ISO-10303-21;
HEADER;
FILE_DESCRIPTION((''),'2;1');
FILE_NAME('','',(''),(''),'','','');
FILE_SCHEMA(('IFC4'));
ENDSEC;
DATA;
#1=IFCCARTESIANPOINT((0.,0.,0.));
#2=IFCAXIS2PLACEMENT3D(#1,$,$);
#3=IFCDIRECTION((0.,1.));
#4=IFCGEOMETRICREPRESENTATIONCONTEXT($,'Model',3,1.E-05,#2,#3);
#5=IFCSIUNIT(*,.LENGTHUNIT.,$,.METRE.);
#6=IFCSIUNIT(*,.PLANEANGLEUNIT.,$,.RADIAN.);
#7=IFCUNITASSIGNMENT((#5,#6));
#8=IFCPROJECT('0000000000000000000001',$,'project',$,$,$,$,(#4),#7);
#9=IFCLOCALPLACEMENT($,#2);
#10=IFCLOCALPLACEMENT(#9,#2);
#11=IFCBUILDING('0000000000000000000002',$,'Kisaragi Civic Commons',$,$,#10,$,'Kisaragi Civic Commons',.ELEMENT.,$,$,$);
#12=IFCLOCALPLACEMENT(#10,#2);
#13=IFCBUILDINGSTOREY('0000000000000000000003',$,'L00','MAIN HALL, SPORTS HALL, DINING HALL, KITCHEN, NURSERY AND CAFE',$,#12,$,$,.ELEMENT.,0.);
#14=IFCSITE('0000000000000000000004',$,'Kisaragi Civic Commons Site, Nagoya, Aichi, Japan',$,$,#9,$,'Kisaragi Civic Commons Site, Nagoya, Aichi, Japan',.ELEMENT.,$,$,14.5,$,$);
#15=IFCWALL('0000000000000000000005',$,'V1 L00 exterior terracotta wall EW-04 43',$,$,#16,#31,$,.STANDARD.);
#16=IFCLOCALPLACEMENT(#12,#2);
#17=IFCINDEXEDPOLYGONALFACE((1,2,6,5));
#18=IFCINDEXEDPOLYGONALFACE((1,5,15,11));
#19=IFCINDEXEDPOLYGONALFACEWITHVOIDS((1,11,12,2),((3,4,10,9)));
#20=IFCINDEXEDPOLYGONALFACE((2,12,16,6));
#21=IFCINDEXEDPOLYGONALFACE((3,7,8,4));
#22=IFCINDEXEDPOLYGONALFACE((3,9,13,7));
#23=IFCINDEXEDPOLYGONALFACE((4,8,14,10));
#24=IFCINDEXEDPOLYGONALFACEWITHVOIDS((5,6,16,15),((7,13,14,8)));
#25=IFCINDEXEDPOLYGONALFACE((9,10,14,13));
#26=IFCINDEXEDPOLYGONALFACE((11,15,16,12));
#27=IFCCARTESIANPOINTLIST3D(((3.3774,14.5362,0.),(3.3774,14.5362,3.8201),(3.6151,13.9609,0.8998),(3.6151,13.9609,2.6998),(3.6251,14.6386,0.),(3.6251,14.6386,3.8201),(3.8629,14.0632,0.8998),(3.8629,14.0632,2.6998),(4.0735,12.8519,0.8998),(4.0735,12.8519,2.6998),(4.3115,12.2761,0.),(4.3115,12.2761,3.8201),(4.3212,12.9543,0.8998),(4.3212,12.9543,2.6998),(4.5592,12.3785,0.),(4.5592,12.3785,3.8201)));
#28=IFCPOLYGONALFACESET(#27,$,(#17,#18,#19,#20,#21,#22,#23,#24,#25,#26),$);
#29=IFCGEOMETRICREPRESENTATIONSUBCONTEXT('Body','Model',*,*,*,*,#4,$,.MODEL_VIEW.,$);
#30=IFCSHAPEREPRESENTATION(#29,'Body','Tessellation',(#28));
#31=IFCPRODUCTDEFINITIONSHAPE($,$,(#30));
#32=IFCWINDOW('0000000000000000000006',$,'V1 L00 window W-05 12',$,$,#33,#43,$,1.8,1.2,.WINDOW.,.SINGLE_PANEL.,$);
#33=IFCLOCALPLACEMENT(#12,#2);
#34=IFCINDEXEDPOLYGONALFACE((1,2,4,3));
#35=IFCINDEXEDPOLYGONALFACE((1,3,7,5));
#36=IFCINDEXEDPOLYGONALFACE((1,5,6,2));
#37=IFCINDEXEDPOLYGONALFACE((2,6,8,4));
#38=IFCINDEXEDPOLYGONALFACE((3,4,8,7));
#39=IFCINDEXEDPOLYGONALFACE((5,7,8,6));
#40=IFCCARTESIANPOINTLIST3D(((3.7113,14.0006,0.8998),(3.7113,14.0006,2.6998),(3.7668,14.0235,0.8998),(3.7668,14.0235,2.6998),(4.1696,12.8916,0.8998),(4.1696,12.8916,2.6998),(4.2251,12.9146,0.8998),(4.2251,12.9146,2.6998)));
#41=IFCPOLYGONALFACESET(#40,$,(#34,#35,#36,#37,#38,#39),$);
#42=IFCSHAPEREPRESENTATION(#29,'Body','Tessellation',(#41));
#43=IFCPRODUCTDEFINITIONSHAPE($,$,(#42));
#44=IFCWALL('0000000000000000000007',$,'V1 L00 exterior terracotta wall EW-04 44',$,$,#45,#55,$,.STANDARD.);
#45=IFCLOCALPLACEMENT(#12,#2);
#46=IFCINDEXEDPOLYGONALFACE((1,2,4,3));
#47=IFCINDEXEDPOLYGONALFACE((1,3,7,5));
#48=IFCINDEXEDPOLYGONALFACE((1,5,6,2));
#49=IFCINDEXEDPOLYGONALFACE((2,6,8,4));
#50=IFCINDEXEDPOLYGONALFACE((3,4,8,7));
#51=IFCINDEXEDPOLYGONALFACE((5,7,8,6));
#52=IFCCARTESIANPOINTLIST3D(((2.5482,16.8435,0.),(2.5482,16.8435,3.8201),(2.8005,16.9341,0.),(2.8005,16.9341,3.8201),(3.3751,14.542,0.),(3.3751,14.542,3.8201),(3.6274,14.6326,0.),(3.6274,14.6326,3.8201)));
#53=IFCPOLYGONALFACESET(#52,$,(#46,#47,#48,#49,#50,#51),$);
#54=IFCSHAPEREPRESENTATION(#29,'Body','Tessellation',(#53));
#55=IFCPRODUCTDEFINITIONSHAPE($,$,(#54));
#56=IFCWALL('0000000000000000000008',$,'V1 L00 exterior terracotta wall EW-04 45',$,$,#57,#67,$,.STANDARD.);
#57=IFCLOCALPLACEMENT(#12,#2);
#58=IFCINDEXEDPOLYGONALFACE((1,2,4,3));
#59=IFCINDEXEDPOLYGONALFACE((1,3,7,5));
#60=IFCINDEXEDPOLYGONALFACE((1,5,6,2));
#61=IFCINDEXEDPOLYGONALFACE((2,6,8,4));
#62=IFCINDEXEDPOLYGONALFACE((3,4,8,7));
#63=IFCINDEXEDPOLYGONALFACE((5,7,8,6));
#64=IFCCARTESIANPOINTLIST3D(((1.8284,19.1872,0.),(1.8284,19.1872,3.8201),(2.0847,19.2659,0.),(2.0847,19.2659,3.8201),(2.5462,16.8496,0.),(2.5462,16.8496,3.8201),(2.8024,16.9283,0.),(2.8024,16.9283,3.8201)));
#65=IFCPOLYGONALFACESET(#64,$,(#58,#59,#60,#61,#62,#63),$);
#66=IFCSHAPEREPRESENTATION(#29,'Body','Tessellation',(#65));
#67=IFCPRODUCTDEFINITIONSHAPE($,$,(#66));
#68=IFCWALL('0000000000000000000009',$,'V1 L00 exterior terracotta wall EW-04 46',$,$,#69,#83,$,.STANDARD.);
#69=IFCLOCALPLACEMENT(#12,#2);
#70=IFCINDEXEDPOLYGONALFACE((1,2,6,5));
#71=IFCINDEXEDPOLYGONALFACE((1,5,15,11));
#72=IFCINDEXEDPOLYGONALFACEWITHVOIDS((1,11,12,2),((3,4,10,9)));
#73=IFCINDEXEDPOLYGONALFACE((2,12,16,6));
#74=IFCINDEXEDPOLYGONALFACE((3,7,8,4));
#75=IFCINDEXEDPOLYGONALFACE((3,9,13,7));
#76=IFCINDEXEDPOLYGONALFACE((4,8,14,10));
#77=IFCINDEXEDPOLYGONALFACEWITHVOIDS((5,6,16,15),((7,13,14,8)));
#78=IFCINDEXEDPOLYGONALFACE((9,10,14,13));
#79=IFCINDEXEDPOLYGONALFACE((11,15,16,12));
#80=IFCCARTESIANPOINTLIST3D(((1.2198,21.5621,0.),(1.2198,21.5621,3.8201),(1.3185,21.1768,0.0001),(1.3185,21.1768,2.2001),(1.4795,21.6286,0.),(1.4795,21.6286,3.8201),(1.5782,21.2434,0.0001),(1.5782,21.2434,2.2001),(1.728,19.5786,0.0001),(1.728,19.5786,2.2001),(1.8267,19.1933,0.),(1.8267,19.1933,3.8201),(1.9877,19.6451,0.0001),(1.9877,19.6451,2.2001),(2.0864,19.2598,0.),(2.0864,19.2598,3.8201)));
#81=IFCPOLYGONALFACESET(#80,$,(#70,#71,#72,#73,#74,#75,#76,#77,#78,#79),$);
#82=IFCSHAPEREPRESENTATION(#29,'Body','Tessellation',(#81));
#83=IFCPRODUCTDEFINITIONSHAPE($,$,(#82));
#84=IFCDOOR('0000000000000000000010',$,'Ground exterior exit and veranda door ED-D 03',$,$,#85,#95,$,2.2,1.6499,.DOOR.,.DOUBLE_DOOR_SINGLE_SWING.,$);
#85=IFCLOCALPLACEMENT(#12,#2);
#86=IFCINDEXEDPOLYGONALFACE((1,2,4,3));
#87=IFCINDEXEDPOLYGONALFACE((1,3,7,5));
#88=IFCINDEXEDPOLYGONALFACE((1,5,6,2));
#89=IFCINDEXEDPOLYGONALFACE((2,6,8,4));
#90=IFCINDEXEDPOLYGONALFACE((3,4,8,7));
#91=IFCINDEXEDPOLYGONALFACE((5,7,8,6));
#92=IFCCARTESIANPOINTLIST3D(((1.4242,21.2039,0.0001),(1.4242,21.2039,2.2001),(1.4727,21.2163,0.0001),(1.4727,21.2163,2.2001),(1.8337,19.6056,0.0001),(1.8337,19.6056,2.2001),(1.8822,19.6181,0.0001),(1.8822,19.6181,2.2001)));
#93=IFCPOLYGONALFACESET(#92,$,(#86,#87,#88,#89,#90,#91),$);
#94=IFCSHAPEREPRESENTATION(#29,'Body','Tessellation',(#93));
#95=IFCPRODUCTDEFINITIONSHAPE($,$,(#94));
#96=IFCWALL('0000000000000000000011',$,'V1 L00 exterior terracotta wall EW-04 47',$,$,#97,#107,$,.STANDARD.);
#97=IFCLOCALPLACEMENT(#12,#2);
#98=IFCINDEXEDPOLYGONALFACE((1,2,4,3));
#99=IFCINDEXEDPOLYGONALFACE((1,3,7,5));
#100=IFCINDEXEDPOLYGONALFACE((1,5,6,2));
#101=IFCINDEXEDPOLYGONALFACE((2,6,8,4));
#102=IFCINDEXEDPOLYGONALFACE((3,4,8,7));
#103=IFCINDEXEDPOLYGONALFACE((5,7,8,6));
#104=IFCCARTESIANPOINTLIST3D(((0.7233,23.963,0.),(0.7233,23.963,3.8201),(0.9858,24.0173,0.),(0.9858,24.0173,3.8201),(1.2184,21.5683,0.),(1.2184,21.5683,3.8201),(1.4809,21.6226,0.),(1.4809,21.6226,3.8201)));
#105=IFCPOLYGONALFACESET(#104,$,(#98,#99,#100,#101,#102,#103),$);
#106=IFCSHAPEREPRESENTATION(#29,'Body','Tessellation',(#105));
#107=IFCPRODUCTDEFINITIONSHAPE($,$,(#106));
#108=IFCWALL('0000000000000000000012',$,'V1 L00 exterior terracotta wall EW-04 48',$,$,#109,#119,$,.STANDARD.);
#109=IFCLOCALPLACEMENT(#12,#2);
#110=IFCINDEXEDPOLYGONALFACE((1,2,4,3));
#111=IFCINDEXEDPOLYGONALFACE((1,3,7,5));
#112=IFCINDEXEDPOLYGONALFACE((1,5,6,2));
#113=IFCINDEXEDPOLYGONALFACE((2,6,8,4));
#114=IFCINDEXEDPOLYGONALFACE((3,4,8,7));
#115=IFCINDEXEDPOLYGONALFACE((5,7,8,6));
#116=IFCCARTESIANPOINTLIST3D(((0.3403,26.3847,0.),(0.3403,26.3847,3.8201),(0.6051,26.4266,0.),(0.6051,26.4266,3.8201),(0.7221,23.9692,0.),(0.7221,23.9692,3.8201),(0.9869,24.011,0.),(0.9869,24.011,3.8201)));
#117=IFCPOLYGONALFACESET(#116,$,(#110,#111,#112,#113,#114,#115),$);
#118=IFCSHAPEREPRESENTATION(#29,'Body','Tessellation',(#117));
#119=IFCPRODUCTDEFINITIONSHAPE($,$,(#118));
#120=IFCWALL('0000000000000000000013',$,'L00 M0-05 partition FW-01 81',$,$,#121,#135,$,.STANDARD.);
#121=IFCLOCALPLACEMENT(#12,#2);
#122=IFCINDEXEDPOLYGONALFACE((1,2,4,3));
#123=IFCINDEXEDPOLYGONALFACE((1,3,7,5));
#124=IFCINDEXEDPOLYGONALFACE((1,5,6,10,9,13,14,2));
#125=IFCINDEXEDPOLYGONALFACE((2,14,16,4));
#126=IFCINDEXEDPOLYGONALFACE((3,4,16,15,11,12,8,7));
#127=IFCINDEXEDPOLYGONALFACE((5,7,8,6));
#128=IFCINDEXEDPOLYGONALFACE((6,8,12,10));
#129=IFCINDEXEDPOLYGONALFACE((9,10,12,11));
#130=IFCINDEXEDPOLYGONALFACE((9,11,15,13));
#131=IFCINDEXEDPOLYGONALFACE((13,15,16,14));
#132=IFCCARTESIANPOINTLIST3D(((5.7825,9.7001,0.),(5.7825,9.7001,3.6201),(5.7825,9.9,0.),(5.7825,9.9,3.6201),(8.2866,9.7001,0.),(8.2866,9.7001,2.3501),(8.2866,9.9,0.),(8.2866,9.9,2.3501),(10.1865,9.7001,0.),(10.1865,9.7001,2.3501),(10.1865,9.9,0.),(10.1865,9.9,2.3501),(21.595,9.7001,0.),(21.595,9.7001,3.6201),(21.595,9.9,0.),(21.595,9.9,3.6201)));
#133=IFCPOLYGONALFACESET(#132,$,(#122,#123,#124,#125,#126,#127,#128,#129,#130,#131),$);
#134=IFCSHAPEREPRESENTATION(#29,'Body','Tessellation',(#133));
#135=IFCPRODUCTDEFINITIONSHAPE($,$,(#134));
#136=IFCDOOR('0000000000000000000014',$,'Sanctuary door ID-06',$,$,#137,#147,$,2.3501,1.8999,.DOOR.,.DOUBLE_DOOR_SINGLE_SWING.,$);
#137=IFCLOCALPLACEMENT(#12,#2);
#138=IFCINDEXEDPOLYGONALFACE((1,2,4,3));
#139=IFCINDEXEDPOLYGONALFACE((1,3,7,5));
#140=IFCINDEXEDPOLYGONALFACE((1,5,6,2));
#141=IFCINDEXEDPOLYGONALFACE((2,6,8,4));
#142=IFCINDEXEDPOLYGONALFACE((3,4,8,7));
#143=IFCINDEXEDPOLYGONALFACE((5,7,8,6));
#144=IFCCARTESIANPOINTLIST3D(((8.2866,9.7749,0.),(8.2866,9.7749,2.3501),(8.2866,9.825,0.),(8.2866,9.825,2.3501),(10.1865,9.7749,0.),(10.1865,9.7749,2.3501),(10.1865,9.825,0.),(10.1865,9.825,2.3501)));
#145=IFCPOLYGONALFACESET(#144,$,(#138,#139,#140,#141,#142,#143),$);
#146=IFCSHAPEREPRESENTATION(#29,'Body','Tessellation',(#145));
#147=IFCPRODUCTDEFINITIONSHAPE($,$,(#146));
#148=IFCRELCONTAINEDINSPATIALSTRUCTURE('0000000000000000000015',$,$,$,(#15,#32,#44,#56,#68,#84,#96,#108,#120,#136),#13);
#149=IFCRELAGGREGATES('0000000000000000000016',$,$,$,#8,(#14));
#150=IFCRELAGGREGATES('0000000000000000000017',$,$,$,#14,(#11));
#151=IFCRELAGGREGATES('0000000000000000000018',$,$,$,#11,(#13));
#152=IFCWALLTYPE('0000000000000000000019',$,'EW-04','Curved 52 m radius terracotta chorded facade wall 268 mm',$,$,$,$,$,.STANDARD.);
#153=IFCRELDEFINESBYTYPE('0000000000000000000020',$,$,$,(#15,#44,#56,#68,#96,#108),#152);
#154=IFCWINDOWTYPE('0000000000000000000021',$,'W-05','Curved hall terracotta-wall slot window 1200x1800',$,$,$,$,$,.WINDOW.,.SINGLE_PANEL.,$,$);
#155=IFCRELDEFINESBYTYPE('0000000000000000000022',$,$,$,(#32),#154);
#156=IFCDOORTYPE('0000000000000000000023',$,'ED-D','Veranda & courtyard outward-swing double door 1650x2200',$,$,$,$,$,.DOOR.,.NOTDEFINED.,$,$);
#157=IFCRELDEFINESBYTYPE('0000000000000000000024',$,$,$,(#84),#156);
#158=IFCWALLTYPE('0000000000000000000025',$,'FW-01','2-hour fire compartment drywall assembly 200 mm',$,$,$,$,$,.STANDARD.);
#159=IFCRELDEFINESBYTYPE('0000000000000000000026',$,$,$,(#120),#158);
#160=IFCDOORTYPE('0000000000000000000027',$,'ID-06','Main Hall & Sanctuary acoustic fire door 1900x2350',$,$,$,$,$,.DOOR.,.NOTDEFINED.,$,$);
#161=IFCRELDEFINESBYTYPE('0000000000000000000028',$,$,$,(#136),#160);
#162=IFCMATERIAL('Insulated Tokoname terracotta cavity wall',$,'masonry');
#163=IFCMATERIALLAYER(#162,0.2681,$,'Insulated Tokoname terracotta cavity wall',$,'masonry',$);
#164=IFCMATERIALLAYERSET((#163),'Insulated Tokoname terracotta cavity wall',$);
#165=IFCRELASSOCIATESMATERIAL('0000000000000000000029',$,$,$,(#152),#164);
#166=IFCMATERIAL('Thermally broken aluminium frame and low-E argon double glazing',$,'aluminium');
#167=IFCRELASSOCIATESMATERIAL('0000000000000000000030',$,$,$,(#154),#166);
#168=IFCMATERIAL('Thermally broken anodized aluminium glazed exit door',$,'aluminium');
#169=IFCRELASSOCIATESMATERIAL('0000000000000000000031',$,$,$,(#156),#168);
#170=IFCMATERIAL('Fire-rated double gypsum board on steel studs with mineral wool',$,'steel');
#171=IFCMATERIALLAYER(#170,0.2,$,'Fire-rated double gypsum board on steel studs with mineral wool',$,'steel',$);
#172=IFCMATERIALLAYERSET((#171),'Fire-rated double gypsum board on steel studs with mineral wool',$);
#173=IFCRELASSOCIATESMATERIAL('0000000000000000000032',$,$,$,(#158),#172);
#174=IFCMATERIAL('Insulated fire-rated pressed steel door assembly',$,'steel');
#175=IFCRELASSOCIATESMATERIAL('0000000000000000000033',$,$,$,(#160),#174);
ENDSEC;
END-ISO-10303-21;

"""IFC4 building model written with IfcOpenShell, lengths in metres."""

from ifc_helpers import new_model, si_unit, direction, frame, frame_2d, origin, place, context, subcontext, project, spatial, rectangle, extrude, material, layer, layer_set, type_object, element, fill, save


model = new_model("IFC4")

# Units and contexts
model_context = context("Model", 3, precision=1e-05, world=origin(), true_north=direction((0.0, 1.0)))
body_context = subcontext(model_context, "Body", "Model", "MODEL_VIEW")
ifc_project = project(units=[si_unit("LENGTHUNIT", "METRE"), si_unit("PLANEANGLEUNIT", "RADIAN")], contexts=[model_context])

# Site, building, storey
site_placement = place(None, origin())
site = spatial("IfcSite", under=ifc_project, at=site_placement, Name="Kisaragi Civic Commons Site, Nagoya, Aichi, Japan", LongName="Kisaragi Civic Commons Site, Nagoya, Aichi, Japan", CompositionType="ELEMENT", RefElevation=14.5)
building_placement = place(site_placement, origin())
building = spatial("IfcBuilding", under=site, at=building_placement, Name="Kisaragi Civic Commons", LongName="Kisaragi Civic Commons", CompositionType="ELEMENT")
storey_placement = place(building_placement, origin())
storey = spatial("IfcBuildingStorey", under=building, at=storey_placement, Name="L00", Description="MAIN HALL, SPORTS HALL, DINING HALL, KITCHEN, NURSERY AND CAFE", CompositionType="ELEMENT", Elevation=0.0)

# Shared definitions
ifc_material_1 = material(Name="Insulated Tokoname terracotta cavity wall", Category="masonry")
ifc_layer_1 = layer(ifc_material_1, 0.2681, Name="Insulated Tokoname terracotta cavity wall", Category="masonry")
ifc_layer_set_1 = layer_set([ifc_layer_1], Name="Insulated Tokoname terracotta cavity wall")
wall_type_1 = type_object("IfcWallType", Name="EW-04", Description="Curved 52 m radius terracotta chorded facade wall 268 mm", PredefinedType="STANDARD", material=ifc_layer_set_1)

# Wall, opening, window
wall_1_placement = place(storey_placement, frame((4.4353, 12.3274, 0.0), z_axis=(0.0, 0.0, 1.0), x_axis=(-0.38197, 0.924175, 0.0)))
wall_1 = element("IfcWall", 1, at=wall_1_placement, inside=storey, type_object=wall_type_1, Name="V1 L00 exterior terracotta wall EW-04 43", PredefinedType="STANDARD", context=body_context, shape_type="SweptSolid", body=[
    extrude(rectangle(XDim=2.4456, YDim=0.2681, at=frame_2d((1.2227, 0.0))), origin(), (0.0, 0.0, 1.0), 3.8201),
])
opening_1_placement = place(wall_1_placement, frame((0.6228, 0.0, 0.8999)))
opening_1 = element("IfcOpeningElement", 2, at=opening_1_placement, cuts=wall_1, PredefinedType="OPENING", context=body_context, shape_type="SweptSolid", body=[
    extrude(rectangle(XDim=1.2, YDim=1.8, at=frame_2d((0.6001, 0.8999))), frame((0.0, 0.144, 0.0), z_axis=(0.0, -1.0, 0.0), x_axis=(1.0, 0.0, 0.0)), (0.0, 0.0, 1.0), 0.2881),
])
ifc_material_2 = material(Name="Thermally broken aluminium frame and low-E argon double glazing", Category="aluminium")
window_type = type_object("IfcWindowType", Name="W-05", Description="Curved hall terracotta-wall slot window 1200x1800", PartitioningType="SINGLE_PANEL", PredefinedType="WINDOW", material=ifc_material_2)
window_placement = place(opening_1_placement, origin())
window = element("IfcWindow", 3, at=window_placement, inside=storey, type_object=window_type, Name="V1 L00 window W-05 12", OverallHeight=1.8, OverallWidth=1.2, PartitioningType="SINGLE_PANEL", PredefinedType="WINDOW", context=body_context, shape_type="SweptSolid", body=[
    extrude(rectangle(XDim=1.2, YDim=1.8, at=frame_2d((0.6001, 0.8999))), frame((0.0, 0.03, 0.0), z_axis=(0.0, -1.0, 0.0), x_axis=(1.0, 0.0, 0.0)), (0.0, 0.0, 1.0), 0.0601),
])
fill(opening_1, window)

# Walls
wall_2_placement = place(storey_placement, frame((3.5012, 14.5874, 0.0), z_axis=(0.0, 0.0, 1.0), x_axis=(-0.338126, 0.941101, 0.0)))
element("IfcWall", 4, at=wall_2_placement, inside=storey, type_object=wall_type_1, Name="V1 L00 exterior terracotta wall EW-04 44", PredefinedType="STANDARD", context=body_context, shape_type="SweptSolid", body=[
    extrude(rectangle(XDim=2.4456, YDim=0.2681, at=frame_2d((1.2227, 0.0))), origin(), (0.0, 0.0, 1.0), 3.8201),
])
wall_3_placement = place(storey_placement, frame((2.6743, 16.8889, 0.0), z_axis=(0.0, 0.0, 1.0), x_axis=(-0.293525, 0.955952, 0.0)))
element("IfcWall", 5, at=wall_3_placement, inside=storey, type_object=wall_type_1, Name="V1 L00 exterior terracotta wall EW-04 45", PredefinedType="STANDARD", context=body_context, shape_type="SweptSolid", body=[
    extrude(rectangle(XDim=2.4453, YDim=0.2681, at=frame_2d((1.2227, 0.0))), origin(), (0.0, 0.0, 1.0), 3.8201),
])

# Wall, opening, door
wall_4_placement = place(storey_placement, frame((1.9565, 19.2266, 0.0), z_axis=(0.0, 0.0, 1.0), x_axis=(-0.248193, 0.968711, 0.0)))
wall_4 = element("IfcWall", 6, at=wall_4_placement, inside=storey, type_object=wall_type_1, Name="V1 L00 exterior terracotta wall EW-04 46", PredefinedType="STANDARD", context=body_context, shape_type="SweptSolid", body=[
    extrude(rectangle(XDim=2.4453, YDim=0.2681, at=frame_2d((1.2227, 0.0))), origin(), (0.0, 0.0, 1.0), 3.8201),
])
opening_2_placement = place(wall_4_placement, frame((0.3977, 0.0, 0.0)))
opening_2 = element("IfcOpeningElement", 7, at=opening_2_placement, cuts=wall_4, PredefinedType="OPENING", context=body_context, shape_type="SweptSolid", body=[
    extrude(rectangle(XDim=1.6499, YDim=2.2, at=frame_2d((0.825, 1.1001))), frame((0.0, 0.144, 0.0), z_axis=(0.0, -1.0, 0.0), x_axis=(1.0, 0.0, 0.0)), (0.0, 0.0, 1.0), 0.2881),
])
ifc_material_3 = material(Name="Thermally broken anodized aluminium glazed exit door", Category="aluminium")
door_type_1 = type_object("IfcDoorType", Name="ED-D", Description="Veranda & courtyard outward-swing double door 1650x2200", OperationType="NOTDEFINED", PredefinedType="DOOR", material=ifc_material_3)
door_1_placement = place(opening_2_placement, origin())
door_1 = element("IfcDoor", 8, at=door_1_placement, inside=storey, type_object=door_type_1, Name="Ground exterior exit and veranda door ED-D 03", OperationType="DOUBLE_DOOR_SINGLE_SWING", OverallHeight=2.2, OverallWidth=1.6499, PredefinedType="DOOR", context=body_context, shape_type="SweptSolid", body=[
    extrude(rectangle(XDim=1.6499, YDim=2.2, at=frame_2d((0.825, 1.1001))), frame((0.0, 0.0249, 0.0), z_axis=(0.0, -1.0, 0.0), x_axis=(1.0, 0.0, 0.0)), (0.0, 0.0, 1.0), 0.05),
])
fill(opening_2, door_1)

# Walls
wall_5_placement = place(storey_placement, frame((1.3496, 21.5955, 0.0), z_axis=(0.0, 0.0, 1.0), x_axis=(-0.202467, 0.979289, 0.0)))
element("IfcWall", 9, at=wall_5_placement, inside=storey, type_object=wall_type_1, Name="V1 L00 exterior terracotta wall EW-04 47", PredefinedType="STANDARD", context=body_context, shape_type="SweptSolid", body=[
    extrude(rectangle(XDim=2.4453, YDim=0.2681, at=frame_2d((1.2227, 0.0))), origin(), (0.0, 0.0, 1.0), 3.8201),
])
wall_6_placement = place(storey_placement, frame((0.8545, 23.9902, 0.0), z_axis=(0.0, 0.0, 1.0), x_axis=(-0.156137, 0.987735, 0.0)))
element("IfcWall", 10, at=wall_6_placement, inside=storey, type_object=wall_type_1, Name="V1 L00 exterior terracotta wall EW-04 48", PredefinedType="STANDARD", context=body_context, shape_type="SweptSolid", body=[
    extrude(rectangle(XDim=2.4456, YDim=0.2681, at=frame_2d((1.2227, 0.0))), origin(), (0.0, 0.0, 1.0), 3.8201),
])

# Wall, opening, door
ifc_material_4 = material(Name="Fire-rated double gypsum board on steel studs with mineral wool", Category="steel")
ifc_layer_2 = layer(ifc_material_4, 0.2, Name="Fire-rated double gypsum board on steel studs with mineral wool", Category="steel")
ifc_layer_set_2 = layer_set([ifc_layer_2], Name="Fire-rated double gypsum board on steel studs with mineral wool")
wall_type_2 = type_object("IfcWallType", Name="FW-01", Description="2-hour fire compartment drywall assembly 200 mm", PredefinedType="STANDARD", material=ifc_layer_set_2)
wall_7_placement = place(storey_placement, frame((5.7825, 9.8, 0.0), z_axis=(0.0, 0.0, 1.0), x_axis=(1.0, 0.0, 0.0)))
wall_7 = element("IfcWall", 11, at=wall_7_placement, inside=storey, type_object=wall_type_2, Name="L00 M0-05 partition FW-01 81", PredefinedType="STANDARD", context=body_context, shape_type="SweptSolid", body=[
    extrude(rectangle(XDim=15.8125, YDim=0.2, at=frame_2d((7.9062, 0.0))), origin(), (0.0, 0.0, 1.0), 3.6201),
])
opening_3_placement = place(wall_7_placement, frame((2.5042, 0.0, 0.0)))
opening_3 = element("IfcOpeningElement", 12, at=opening_3_placement, cuts=wall_7, PredefinedType="OPENING", context=body_context, shape_type="SweptSolid", body=[
    extrude(rectangle(XDim=1.8999, YDim=2.3501, at=frame_2d((0.95, 1.175))), frame((0.0, 0.1099, 0.0), z_axis=(0.0, -1.0, 0.0), x_axis=(1.0, 0.0, 0.0)), (0.0, 0.0, 1.0), 0.22),
])
ifc_material_5 = material(Name="Insulated fire-rated pressed steel door assembly", Category="steel")
door_type_2 = type_object("IfcDoorType", Name="ID-06", Description="Main Hall & Sanctuary acoustic fire door 1900x2350", OperationType="NOTDEFINED", PredefinedType="DOOR", material=ifc_material_5)
door_2_placement = place(opening_3_placement, origin())
door_2 = element("IfcDoor", 13, at=door_2_placement, inside=storey, type_object=door_type_2, Name="Sanctuary door ID-06", OperationType="DOUBLE_DOOR_SINGLE_SWING", OverallHeight=2.3501, OverallWidth=1.8999, PredefinedType="DOOR", context=body_context, shape_type="SweptSolid", body=[
    extrude(rectangle(XDim=1.8999, YDim=2.3501, at=frame_2d((0.95, 1.175))), frame((0.0, 0.0249, 0.0), z_axis=(0.0, -1.0, 0.0), x_axis=(1.0, 0.0, 0.0)), (0.0, 0.0, 1.0), 0.05),
])
fill(opening_3, door_2)

save(model, "model.ifc")
